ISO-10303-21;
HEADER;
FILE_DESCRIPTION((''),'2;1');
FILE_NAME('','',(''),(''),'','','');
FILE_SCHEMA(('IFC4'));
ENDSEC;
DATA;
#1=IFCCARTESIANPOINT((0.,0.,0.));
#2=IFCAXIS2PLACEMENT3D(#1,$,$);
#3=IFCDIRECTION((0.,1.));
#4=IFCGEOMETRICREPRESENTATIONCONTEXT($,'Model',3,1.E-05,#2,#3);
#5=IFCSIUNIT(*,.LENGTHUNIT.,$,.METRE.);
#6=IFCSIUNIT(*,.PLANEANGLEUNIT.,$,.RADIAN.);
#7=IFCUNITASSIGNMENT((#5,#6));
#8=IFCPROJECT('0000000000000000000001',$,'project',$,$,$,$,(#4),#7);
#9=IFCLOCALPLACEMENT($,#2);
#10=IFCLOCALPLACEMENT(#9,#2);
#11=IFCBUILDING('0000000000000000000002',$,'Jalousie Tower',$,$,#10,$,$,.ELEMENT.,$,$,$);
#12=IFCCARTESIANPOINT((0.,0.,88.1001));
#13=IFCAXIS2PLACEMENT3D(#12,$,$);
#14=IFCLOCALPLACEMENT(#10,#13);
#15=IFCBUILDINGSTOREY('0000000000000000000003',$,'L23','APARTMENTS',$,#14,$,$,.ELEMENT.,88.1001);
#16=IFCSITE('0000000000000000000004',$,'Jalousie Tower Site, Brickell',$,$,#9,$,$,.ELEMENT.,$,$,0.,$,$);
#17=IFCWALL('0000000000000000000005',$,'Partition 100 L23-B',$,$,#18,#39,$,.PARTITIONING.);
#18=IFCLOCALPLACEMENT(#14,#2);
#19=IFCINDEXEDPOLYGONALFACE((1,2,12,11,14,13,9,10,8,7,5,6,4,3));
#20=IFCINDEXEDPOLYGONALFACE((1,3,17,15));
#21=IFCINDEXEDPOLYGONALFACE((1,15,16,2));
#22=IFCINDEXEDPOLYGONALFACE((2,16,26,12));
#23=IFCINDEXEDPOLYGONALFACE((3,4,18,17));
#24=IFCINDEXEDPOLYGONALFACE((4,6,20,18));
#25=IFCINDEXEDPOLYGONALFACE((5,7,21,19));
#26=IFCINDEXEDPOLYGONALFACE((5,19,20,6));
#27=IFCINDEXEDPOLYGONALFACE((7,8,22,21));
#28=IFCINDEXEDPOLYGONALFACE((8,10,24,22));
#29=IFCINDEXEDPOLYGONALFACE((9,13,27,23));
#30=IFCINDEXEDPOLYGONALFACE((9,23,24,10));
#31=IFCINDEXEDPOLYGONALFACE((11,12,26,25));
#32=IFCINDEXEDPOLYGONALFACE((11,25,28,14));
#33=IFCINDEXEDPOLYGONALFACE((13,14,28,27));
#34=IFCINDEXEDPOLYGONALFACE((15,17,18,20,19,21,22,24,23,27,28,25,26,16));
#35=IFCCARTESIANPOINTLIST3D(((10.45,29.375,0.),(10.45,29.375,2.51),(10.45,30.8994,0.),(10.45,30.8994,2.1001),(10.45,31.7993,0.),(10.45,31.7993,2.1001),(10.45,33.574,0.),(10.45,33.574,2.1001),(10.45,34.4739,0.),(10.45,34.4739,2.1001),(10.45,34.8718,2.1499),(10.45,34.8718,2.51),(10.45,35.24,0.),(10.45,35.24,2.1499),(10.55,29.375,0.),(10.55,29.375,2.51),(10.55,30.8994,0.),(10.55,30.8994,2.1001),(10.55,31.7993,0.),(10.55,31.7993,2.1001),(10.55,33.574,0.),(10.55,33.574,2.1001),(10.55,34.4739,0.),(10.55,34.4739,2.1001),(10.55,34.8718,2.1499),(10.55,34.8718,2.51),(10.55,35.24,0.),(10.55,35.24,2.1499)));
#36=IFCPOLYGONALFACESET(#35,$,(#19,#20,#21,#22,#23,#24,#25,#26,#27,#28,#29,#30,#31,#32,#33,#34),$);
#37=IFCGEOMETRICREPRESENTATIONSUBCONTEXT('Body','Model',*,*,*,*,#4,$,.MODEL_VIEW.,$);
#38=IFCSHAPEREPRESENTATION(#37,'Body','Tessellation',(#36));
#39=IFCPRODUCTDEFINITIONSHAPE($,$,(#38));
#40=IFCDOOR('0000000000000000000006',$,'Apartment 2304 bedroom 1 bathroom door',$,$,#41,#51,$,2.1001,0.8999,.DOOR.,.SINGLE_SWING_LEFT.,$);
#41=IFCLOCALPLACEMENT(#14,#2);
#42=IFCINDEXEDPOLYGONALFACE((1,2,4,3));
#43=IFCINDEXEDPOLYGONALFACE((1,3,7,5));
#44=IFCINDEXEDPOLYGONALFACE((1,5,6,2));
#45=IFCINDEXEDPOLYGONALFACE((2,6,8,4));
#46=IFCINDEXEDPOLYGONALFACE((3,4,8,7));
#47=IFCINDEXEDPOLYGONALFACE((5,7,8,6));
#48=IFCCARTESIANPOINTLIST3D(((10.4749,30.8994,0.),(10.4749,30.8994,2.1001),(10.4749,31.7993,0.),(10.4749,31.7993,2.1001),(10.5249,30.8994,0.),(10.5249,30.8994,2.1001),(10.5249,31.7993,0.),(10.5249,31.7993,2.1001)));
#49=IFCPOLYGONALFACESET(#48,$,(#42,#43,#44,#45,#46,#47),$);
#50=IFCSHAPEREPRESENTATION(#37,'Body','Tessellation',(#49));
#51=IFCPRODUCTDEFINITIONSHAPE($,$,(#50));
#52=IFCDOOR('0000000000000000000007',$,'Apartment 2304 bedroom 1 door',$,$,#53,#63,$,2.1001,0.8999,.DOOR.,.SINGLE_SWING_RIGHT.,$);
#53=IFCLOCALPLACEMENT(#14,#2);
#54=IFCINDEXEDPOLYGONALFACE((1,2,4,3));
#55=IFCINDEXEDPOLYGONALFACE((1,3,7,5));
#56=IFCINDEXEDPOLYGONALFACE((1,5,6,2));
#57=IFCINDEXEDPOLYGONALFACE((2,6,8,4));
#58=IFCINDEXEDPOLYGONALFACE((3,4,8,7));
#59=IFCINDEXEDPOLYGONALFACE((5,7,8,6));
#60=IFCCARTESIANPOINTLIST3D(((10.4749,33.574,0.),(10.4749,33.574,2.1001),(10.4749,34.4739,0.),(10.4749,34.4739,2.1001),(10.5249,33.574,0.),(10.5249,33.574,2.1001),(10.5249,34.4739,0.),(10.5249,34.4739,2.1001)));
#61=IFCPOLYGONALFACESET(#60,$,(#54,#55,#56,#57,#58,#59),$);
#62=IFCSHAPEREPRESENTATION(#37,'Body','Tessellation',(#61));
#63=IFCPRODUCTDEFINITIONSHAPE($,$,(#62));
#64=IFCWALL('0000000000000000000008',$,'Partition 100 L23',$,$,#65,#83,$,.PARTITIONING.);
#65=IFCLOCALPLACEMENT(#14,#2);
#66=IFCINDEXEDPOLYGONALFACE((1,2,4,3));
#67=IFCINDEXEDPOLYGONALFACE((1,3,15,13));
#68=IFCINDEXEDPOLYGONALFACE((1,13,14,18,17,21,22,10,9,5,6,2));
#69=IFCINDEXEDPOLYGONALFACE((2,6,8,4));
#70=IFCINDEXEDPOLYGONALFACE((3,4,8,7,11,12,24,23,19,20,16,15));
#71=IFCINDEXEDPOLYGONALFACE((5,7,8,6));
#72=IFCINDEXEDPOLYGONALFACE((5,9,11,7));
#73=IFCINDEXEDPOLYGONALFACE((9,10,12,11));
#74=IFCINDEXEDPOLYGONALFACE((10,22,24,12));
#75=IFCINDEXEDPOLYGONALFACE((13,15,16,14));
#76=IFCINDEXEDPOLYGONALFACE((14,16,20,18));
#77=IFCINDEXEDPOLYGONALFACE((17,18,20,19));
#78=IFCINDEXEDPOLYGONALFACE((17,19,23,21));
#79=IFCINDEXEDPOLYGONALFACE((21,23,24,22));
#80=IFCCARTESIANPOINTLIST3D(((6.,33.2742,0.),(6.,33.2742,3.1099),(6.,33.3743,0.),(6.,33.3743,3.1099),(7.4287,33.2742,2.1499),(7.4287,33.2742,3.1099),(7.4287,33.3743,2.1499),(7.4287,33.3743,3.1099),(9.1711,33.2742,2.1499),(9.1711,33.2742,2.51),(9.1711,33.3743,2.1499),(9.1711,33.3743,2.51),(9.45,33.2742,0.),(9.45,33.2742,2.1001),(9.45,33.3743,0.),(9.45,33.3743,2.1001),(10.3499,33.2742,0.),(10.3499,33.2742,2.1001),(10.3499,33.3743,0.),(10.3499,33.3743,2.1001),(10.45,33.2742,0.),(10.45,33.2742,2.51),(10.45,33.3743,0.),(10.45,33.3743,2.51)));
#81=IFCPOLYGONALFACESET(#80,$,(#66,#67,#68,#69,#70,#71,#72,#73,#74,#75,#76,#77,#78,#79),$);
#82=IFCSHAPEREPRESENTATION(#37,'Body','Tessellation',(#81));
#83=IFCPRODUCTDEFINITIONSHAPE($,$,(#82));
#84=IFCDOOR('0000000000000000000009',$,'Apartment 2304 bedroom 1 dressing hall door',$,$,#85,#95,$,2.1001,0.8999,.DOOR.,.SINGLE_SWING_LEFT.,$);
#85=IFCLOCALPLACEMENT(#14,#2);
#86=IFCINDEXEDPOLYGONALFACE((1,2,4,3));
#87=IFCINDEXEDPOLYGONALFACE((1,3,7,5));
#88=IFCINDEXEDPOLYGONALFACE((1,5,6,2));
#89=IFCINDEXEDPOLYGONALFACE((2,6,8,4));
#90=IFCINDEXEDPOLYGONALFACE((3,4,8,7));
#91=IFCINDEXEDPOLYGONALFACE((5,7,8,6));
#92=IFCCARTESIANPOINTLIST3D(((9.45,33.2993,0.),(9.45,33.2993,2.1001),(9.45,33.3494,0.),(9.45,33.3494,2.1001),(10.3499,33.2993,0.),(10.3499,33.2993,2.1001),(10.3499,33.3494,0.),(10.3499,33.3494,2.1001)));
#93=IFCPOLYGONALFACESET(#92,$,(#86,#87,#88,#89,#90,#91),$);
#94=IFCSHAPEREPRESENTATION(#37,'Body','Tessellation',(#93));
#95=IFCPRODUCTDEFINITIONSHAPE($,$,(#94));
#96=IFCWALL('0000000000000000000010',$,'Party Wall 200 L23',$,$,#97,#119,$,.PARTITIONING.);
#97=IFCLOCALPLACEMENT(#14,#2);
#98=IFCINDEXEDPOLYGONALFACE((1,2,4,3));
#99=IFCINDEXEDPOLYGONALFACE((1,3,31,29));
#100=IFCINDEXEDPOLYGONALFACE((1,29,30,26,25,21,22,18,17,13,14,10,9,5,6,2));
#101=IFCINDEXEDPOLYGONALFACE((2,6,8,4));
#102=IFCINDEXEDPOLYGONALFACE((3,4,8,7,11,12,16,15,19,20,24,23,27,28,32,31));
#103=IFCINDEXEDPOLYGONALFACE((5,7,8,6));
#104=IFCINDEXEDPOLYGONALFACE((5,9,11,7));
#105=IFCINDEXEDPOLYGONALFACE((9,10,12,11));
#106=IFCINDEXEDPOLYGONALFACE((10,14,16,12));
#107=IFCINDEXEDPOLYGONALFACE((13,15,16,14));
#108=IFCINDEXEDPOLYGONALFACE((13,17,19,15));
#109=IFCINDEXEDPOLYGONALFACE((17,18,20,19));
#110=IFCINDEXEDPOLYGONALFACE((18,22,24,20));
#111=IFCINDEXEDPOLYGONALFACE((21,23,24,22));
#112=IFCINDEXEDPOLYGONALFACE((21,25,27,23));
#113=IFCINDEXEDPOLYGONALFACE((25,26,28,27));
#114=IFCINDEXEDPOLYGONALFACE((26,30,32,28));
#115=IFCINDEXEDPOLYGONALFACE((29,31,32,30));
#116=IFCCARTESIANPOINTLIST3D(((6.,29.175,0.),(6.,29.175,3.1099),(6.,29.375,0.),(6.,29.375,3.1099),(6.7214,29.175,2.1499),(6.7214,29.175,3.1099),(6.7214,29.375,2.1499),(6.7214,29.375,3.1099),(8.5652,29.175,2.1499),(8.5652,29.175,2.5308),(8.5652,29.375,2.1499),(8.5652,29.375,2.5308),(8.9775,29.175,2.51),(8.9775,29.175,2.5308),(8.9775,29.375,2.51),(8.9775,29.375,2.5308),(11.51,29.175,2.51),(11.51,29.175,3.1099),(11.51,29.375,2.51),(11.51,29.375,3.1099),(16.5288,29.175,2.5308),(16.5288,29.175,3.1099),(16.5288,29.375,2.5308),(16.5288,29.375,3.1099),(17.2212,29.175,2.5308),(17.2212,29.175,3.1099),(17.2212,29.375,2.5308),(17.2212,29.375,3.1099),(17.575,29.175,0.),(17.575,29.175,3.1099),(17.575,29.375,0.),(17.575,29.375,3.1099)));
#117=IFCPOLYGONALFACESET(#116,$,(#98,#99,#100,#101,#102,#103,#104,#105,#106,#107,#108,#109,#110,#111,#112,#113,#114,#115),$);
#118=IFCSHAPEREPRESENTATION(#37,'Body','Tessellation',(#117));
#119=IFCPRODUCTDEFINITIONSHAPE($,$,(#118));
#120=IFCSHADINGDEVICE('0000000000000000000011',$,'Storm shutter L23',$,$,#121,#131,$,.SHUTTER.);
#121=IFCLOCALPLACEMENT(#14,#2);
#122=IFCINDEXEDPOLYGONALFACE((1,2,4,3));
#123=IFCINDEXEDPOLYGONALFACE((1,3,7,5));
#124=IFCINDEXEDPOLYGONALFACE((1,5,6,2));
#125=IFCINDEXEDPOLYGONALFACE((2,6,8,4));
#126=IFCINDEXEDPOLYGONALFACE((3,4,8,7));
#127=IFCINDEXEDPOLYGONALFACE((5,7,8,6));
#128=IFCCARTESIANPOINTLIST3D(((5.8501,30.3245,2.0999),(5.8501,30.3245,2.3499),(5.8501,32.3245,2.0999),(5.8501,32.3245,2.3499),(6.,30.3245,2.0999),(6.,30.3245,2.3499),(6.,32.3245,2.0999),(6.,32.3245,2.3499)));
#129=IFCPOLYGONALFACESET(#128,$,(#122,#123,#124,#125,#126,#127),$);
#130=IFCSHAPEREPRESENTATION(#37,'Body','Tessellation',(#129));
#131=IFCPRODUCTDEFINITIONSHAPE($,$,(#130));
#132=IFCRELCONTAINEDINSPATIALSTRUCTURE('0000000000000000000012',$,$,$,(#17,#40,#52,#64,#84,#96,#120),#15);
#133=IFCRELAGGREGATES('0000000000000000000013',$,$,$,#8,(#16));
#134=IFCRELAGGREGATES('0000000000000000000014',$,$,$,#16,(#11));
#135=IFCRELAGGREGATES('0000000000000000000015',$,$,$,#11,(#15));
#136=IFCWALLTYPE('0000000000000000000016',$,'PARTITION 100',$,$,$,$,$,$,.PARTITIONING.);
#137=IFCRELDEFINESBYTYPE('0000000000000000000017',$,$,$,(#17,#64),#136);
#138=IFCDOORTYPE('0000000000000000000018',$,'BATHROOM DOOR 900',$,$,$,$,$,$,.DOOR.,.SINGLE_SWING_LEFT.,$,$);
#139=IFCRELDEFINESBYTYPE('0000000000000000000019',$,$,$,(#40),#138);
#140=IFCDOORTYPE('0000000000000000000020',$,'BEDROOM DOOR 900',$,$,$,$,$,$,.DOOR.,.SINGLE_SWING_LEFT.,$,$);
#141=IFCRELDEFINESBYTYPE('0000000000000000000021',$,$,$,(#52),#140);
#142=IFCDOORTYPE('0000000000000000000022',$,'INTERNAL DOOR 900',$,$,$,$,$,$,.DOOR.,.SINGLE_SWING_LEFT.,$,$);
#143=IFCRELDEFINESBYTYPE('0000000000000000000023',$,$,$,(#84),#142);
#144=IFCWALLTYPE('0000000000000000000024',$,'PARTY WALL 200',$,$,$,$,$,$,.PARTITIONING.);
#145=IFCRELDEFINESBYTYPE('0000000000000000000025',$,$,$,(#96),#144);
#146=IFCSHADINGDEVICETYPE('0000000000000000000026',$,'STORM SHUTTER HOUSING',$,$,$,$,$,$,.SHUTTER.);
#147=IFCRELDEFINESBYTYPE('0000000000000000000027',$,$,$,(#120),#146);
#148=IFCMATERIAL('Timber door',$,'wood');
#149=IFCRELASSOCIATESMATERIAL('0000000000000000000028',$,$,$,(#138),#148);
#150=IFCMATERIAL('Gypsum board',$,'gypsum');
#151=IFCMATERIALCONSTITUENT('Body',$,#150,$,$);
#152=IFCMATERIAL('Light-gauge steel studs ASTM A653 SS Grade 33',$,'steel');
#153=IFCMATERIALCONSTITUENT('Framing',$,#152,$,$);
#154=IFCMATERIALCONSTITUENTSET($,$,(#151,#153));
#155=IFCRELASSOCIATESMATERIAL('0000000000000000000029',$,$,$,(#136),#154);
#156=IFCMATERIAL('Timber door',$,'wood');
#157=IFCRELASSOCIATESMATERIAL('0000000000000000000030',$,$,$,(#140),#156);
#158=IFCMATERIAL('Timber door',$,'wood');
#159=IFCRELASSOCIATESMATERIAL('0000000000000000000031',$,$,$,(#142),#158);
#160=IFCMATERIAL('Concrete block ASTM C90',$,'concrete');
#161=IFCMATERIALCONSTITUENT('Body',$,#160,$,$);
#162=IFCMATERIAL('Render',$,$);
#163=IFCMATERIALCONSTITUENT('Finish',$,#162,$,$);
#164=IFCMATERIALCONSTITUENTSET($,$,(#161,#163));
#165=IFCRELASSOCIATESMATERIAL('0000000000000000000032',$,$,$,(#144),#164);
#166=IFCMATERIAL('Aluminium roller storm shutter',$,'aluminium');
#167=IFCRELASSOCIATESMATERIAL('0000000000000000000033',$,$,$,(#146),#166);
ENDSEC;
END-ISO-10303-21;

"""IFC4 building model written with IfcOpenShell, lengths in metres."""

from ifc_helpers import new_model, si_unit, direction, frame, frame_2d, origin, origin_2d, place, context, subcontext, project, spatial, polyline, rectangle, outline, extrude, material, constituent, constituent_set, type_object, element, fill, save


model = new_model("IFC4")

# Units and contexts
model_context = context("Model", 3, precision=1e-05, world=origin(), true_north=direction((0.0, 1.0)))
body_context = subcontext(model_context, "Body", "Model", "MODEL_VIEW")
ifc_project = project(units=[si_unit("LENGTHUNIT", "METRE"), si_unit("PLANEANGLEUNIT", "RADIAN")], contexts=[model_context])

# Site, building, storey
site_placement = place(None, origin())
site = spatial("IfcSite", under=ifc_project, at=site_placement, Name="Jalousie Tower Site, Brickell", CompositionType="ELEMENT", RefElevation=0.0)
building_placement = place(site_placement, origin())
building = spatial("IfcBuilding", under=site, at=building_placement, Name="Jalousie Tower", CompositionType="ELEMENT")
storey_placement = place(building_placement, frame((0.0, 0.0, 88.1001)))
storey = spatial("IfcBuildingStorey", under=building, at=storey_placement, Name="L23", Description="APARTMENTS", CompositionType="ELEMENT", Elevation=88.1001)

# Shared definitions
ifc_material_1 = material(Name="Timber door", Category="wood")
door_type_1 = type_object("IfcDoorType", Name="BATHROOM DOOR 900", OperationType="SINGLE_SWING_LEFT", PredefinedType="DOOR", material=ifc_material_1)

# Shared definitions
ifc_material_2 = material(Name="Gypsum board", Category="gypsum")
ifc_constituent_1 = constituent(ifc_material_2, Name="Body")
ifc_material_3 = material(Name="Light-gauge steel studs ASTM A653 SS Grade 33", Category="steel")
ifc_constituent_2 = constituent(ifc_material_3, Name="Framing")
ifc_constituent_set_1 = constituent_set(constituents=[ifc_constituent_1, ifc_constituent_2])
wall_type_1 = type_object("IfcWallType", Name="PARTITION 100", PredefinedType="PARTITIONING", material=ifc_constituent_set_1)

# Wall, openings, doors
wall_1_placement = place(storey_placement, frame((10.5, 35.24, 0.0), z_axis=(0.0, 0.0, 1.0), x_axis=(0.0, -1.0, 0.0)))
wall_1 = element("IfcWall", 1, at=wall_1_placement, inside=storey, type_object=wall_type_1, Name="Partition 100 L23-B", PredefinedType="PARTITIONING", context=body_context, shape_type="SweptSolid", body=[
    extrude(outline(polyline([(0.0, 0.0), (5.865, 0.0), (5.865, 2.51), (0.3682, 2.51), (0.3682, 2.1499), (0.0, 2.1499), (0.0, 0.0)])), frame((0.0, 0.05, 0.0), z_axis=(0.0, -1.0, 0.0), x_axis=(1.0, 0.0, 0.0)), (0.0, 0.0, 1.0), 0.1001),
])
opening_1_placement = place(wall_1_placement, frame((0.7661, 0.0, 0.0)))
opening_1 = element("IfcOpeningElement", 2, at=opening_1_placement, cuts=wall_1, PredefinedType="OPENING", context=body_context, shape_type="SweptSolid", body=[
    extrude(rectangle(XDim=0.8999, YDim=2.1001, at=frame_2d((0.45, 1.05))), frame((0.0, 0.0601, 0.0), z_axis=(0.0, -1.0, 0.0), x_axis=(1.0, 0.0, 0.0)), (0.0, 0.0, 1.0), 0.1201),
])
opening_2_placement = place(wall_1_placement, frame((3.4407, 0.0, 0.0)))
opening_2 = element("IfcOpeningElement", 3, at=opening_2_placement, cuts=wall_1, PredefinedType="OPENING", context=body_context, shape_type="SweptSolid", body=[
    extrude(rectangle(XDim=0.8999, YDim=2.1001, at=frame_2d((0.45, 1.05))), frame((0.0, 0.0601, 0.0), z_axis=(0.0, -1.0, 0.0), x_axis=(1.0, 0.0, 0.0)), (0.0, 0.0, 1.0), 0.1201),
])
door_1_placement = place(opening_2_placement, origin())
door_1 = element("IfcDoor", 4, at=door_1_placement, inside=storey, type_object=door_type_1, Name="Apartment 2304 bedroom 1 bathroom door", OperationType="SINGLE_SWING_LEFT", OverallHeight=2.1001, OverallWidth=0.8999, PredefinedType="DOOR", context=body_context, shape_type="SweptSolid", body=[
    extrude(rectangle(XDim=0.8999, YDim=2.1001, at=frame_2d((0.45, 1.05))), frame((0.0, 0.0249, 0.0), z_axis=(0.0, -1.0, 0.0), x_axis=(1.0, 0.0, 0.0)), (0.0, 0.0, 1.0), 0.05),
])
fill(opening_2, door_1)
ifc_material_4 = material(Name="Timber door", Category="wood")
door_type_2 = type_object("IfcDoorType", Name="BEDROOM DOOR 900", OperationType="SINGLE_SWING_LEFT", PredefinedType="DOOR", material=ifc_material_4)
door_2_placement = place(opening_1_placement, origin())
door_2 = element("IfcDoor", 5, at=door_2_placement, inside=storey, type_object=door_type_2, Name="Apartment 2304 bedroom 1 door", OperationType="SINGLE_SWING_RIGHT", OverallHeight=2.1001, OverallWidth=0.8999, PredefinedType="DOOR", context=body_context, shape_type="SweptSolid", body=[
    extrude(rectangle(XDim=0.8999, YDim=2.1001, at=frame_2d((0.45, 1.05))), frame((0.0, 0.0249, 0.0), z_axis=(0.0, -1.0, 0.0), x_axis=(1.0, 0.0, 0.0)), (0.0, 0.0, 1.0), 0.05),
])
fill(opening_1, door_2)

# Wall, opening, door
wall_2_placement = place(storey_placement, frame((6.0, 33.3242, 0.0), z_axis=(0.0, 0.0, 1.0), x_axis=(1.0, 0.0, 0.0)))
wall_2 = element("IfcWall", 6, at=wall_2_placement, inside=storey, type_object=wall_type_1, Name="Partition 100 L23", PredefinedType="PARTITIONING", context=body_context, shape_type="SweptSolid", body=[
    extrude(outline(polyline([(0.0, 0.0), (4.45, 0.0), (4.45, 3.1099), (4.45, 2.51), (3.1711, 2.51), (3.1711, 2.1499), (1.4287, 2.1499), (1.4287, 3.1099), (0.0, 3.1099), (0.0, 0.0)])), frame((0.0, 0.05, 0.0), z_axis=(0.0, -1.0, 0.0), x_axis=(1.0, 0.0, 0.0)), (0.0, 0.0, 1.0), 0.1001),
])
opening_3_placement = place(wall_2_placement, frame((3.45, 0.0, 0.0)))
opening_3 = element("IfcOpeningElement", 7, at=opening_3_placement, cuts=wall_2, PredefinedType="OPENING", context=body_context, shape_type="SweptSolid", body=[
    extrude(rectangle(XDim=0.8999, YDim=2.1001, at=frame_2d((0.45, 1.05))), frame((0.0, 0.0601, 0.0), z_axis=(0.0, -1.0, 0.0), x_axis=(1.0, 0.0, 0.0)), (0.0, 0.0, 1.0), 0.1201),
])
ifc_material_5 = material(Name="Timber door", Category="wood")
door_type_3 = type_object("IfcDoorType", Name="INTERNAL DOOR 900", OperationType="SINGLE_SWING_LEFT", PredefinedType="DOOR", material=ifc_material_5)
door_3_placement = place(opening_3_placement, frame((0.8999, 0.0, 0.0), z_axis=(0.0, 0.0, 1.0), x_axis=(-1.0, 0.0, 0.0)))
door_3 = element("IfcDoor", 8, at=door_3_placement, inside=storey, type_object=door_type_3, Name="Apartment 2304 bedroom 1 dressing hall door", OperationType="SINGLE_SWING_LEFT", OverallHeight=2.1001, OverallWidth=0.8999, PredefinedType="DOOR", context=body_context, shape_type="SweptSolid", body=[
    extrude(rectangle(XDim=0.8999, YDim=2.1001, at=frame_2d((0.45, 1.05))), frame((0.0, 0.0249, 0.0), z_axis=(0.0, -1.0, 0.0), x_axis=(1.0, 0.0, 0.0)), (0.0, 0.0, 1.0), 0.05),
])
fill(opening_3, door_3)

# Wall
ifc_material_6 = material(Name="Concrete block ASTM C90", Category="concrete")
ifc_constituent_3 = constituent(ifc_material_6, Name="Body")
ifc_material_7 = material(Name="Render")
ifc_constituent_4 = constituent(ifc_material_7, Name="Finish")
ifc_constituent_set_2 = constituent_set(constituents=[ifc_constituent_3, ifc_constituent_4])
wall_type_2 = type_object("IfcWallType", Name="PARTY WALL 200", PredefinedType="PARTITIONING", material=ifc_constituent_set_2)
wall_3_placement = place(storey_placement, frame((6.0, 29.2749, 0.0), z_axis=(0.0, 0.0, 1.0), x_axis=(1.0, 0.0, 0.0)))
element("IfcWall", 9, at=wall_3_placement, inside=storey, type_object=wall_type_2, Name="Party Wall 200 L23", PredefinedType="PARTITIONING", context=body_context, shape_type="SweptSolid", body=[
    extrude(outline(polyline([(0.0, 0.0), (11.575, 0.0), (11.575, 3.1099), (11.2212, 3.1099), (11.2212, 2.5308), (10.5288, 2.5308), (10.5288, 3.1099), (5.51, 3.1099), (5.51, 2.51), (2.9775, 2.51), (2.9775, 2.5308), (2.5652, 2.5308), (2.5652, 2.1499), (0.7214, 2.1499), (0.7214, 3.1099), (0.0, 3.1099), (0.0, 0.0)])), frame((0.0, 0.1001, 0.0), z_axis=(0.0, -1.0, 0.0), x_axis=(1.0, 0.0, 0.0)), (0.0, 0.0, 1.0), 0.2),
])

# Shading device
ifc_material_8 = material(Name="Aluminium roller storm shutter", Category="aluminium")
shading_device_type = type_object("IfcShadingDeviceType", Name="STORM SHUTTER HOUSING", PredefinedType="SHUTTER", material=ifc_material_8)
shading_device_placement = place(storey_placement, frame((5.925, 31.3245, 2.0999), z_axis=(0.0, 0.0, 1.0), x_axis=(0.0, -1.0, 0.0)))
element("IfcShadingDevice", 10, at=shading_device_placement, inside=storey, type_object=shading_device_type, Name="Storm shutter L23", PredefinedType="SHUTTER", context=body_context, shape_type="SweptSolid", body=[
    extrude(rectangle(XDim=2.0, YDim=0.1499, at=origin_2d()), origin(), (0.0, 0.0, 1.0), 0.25),
])

save(model, "model.ifc")
